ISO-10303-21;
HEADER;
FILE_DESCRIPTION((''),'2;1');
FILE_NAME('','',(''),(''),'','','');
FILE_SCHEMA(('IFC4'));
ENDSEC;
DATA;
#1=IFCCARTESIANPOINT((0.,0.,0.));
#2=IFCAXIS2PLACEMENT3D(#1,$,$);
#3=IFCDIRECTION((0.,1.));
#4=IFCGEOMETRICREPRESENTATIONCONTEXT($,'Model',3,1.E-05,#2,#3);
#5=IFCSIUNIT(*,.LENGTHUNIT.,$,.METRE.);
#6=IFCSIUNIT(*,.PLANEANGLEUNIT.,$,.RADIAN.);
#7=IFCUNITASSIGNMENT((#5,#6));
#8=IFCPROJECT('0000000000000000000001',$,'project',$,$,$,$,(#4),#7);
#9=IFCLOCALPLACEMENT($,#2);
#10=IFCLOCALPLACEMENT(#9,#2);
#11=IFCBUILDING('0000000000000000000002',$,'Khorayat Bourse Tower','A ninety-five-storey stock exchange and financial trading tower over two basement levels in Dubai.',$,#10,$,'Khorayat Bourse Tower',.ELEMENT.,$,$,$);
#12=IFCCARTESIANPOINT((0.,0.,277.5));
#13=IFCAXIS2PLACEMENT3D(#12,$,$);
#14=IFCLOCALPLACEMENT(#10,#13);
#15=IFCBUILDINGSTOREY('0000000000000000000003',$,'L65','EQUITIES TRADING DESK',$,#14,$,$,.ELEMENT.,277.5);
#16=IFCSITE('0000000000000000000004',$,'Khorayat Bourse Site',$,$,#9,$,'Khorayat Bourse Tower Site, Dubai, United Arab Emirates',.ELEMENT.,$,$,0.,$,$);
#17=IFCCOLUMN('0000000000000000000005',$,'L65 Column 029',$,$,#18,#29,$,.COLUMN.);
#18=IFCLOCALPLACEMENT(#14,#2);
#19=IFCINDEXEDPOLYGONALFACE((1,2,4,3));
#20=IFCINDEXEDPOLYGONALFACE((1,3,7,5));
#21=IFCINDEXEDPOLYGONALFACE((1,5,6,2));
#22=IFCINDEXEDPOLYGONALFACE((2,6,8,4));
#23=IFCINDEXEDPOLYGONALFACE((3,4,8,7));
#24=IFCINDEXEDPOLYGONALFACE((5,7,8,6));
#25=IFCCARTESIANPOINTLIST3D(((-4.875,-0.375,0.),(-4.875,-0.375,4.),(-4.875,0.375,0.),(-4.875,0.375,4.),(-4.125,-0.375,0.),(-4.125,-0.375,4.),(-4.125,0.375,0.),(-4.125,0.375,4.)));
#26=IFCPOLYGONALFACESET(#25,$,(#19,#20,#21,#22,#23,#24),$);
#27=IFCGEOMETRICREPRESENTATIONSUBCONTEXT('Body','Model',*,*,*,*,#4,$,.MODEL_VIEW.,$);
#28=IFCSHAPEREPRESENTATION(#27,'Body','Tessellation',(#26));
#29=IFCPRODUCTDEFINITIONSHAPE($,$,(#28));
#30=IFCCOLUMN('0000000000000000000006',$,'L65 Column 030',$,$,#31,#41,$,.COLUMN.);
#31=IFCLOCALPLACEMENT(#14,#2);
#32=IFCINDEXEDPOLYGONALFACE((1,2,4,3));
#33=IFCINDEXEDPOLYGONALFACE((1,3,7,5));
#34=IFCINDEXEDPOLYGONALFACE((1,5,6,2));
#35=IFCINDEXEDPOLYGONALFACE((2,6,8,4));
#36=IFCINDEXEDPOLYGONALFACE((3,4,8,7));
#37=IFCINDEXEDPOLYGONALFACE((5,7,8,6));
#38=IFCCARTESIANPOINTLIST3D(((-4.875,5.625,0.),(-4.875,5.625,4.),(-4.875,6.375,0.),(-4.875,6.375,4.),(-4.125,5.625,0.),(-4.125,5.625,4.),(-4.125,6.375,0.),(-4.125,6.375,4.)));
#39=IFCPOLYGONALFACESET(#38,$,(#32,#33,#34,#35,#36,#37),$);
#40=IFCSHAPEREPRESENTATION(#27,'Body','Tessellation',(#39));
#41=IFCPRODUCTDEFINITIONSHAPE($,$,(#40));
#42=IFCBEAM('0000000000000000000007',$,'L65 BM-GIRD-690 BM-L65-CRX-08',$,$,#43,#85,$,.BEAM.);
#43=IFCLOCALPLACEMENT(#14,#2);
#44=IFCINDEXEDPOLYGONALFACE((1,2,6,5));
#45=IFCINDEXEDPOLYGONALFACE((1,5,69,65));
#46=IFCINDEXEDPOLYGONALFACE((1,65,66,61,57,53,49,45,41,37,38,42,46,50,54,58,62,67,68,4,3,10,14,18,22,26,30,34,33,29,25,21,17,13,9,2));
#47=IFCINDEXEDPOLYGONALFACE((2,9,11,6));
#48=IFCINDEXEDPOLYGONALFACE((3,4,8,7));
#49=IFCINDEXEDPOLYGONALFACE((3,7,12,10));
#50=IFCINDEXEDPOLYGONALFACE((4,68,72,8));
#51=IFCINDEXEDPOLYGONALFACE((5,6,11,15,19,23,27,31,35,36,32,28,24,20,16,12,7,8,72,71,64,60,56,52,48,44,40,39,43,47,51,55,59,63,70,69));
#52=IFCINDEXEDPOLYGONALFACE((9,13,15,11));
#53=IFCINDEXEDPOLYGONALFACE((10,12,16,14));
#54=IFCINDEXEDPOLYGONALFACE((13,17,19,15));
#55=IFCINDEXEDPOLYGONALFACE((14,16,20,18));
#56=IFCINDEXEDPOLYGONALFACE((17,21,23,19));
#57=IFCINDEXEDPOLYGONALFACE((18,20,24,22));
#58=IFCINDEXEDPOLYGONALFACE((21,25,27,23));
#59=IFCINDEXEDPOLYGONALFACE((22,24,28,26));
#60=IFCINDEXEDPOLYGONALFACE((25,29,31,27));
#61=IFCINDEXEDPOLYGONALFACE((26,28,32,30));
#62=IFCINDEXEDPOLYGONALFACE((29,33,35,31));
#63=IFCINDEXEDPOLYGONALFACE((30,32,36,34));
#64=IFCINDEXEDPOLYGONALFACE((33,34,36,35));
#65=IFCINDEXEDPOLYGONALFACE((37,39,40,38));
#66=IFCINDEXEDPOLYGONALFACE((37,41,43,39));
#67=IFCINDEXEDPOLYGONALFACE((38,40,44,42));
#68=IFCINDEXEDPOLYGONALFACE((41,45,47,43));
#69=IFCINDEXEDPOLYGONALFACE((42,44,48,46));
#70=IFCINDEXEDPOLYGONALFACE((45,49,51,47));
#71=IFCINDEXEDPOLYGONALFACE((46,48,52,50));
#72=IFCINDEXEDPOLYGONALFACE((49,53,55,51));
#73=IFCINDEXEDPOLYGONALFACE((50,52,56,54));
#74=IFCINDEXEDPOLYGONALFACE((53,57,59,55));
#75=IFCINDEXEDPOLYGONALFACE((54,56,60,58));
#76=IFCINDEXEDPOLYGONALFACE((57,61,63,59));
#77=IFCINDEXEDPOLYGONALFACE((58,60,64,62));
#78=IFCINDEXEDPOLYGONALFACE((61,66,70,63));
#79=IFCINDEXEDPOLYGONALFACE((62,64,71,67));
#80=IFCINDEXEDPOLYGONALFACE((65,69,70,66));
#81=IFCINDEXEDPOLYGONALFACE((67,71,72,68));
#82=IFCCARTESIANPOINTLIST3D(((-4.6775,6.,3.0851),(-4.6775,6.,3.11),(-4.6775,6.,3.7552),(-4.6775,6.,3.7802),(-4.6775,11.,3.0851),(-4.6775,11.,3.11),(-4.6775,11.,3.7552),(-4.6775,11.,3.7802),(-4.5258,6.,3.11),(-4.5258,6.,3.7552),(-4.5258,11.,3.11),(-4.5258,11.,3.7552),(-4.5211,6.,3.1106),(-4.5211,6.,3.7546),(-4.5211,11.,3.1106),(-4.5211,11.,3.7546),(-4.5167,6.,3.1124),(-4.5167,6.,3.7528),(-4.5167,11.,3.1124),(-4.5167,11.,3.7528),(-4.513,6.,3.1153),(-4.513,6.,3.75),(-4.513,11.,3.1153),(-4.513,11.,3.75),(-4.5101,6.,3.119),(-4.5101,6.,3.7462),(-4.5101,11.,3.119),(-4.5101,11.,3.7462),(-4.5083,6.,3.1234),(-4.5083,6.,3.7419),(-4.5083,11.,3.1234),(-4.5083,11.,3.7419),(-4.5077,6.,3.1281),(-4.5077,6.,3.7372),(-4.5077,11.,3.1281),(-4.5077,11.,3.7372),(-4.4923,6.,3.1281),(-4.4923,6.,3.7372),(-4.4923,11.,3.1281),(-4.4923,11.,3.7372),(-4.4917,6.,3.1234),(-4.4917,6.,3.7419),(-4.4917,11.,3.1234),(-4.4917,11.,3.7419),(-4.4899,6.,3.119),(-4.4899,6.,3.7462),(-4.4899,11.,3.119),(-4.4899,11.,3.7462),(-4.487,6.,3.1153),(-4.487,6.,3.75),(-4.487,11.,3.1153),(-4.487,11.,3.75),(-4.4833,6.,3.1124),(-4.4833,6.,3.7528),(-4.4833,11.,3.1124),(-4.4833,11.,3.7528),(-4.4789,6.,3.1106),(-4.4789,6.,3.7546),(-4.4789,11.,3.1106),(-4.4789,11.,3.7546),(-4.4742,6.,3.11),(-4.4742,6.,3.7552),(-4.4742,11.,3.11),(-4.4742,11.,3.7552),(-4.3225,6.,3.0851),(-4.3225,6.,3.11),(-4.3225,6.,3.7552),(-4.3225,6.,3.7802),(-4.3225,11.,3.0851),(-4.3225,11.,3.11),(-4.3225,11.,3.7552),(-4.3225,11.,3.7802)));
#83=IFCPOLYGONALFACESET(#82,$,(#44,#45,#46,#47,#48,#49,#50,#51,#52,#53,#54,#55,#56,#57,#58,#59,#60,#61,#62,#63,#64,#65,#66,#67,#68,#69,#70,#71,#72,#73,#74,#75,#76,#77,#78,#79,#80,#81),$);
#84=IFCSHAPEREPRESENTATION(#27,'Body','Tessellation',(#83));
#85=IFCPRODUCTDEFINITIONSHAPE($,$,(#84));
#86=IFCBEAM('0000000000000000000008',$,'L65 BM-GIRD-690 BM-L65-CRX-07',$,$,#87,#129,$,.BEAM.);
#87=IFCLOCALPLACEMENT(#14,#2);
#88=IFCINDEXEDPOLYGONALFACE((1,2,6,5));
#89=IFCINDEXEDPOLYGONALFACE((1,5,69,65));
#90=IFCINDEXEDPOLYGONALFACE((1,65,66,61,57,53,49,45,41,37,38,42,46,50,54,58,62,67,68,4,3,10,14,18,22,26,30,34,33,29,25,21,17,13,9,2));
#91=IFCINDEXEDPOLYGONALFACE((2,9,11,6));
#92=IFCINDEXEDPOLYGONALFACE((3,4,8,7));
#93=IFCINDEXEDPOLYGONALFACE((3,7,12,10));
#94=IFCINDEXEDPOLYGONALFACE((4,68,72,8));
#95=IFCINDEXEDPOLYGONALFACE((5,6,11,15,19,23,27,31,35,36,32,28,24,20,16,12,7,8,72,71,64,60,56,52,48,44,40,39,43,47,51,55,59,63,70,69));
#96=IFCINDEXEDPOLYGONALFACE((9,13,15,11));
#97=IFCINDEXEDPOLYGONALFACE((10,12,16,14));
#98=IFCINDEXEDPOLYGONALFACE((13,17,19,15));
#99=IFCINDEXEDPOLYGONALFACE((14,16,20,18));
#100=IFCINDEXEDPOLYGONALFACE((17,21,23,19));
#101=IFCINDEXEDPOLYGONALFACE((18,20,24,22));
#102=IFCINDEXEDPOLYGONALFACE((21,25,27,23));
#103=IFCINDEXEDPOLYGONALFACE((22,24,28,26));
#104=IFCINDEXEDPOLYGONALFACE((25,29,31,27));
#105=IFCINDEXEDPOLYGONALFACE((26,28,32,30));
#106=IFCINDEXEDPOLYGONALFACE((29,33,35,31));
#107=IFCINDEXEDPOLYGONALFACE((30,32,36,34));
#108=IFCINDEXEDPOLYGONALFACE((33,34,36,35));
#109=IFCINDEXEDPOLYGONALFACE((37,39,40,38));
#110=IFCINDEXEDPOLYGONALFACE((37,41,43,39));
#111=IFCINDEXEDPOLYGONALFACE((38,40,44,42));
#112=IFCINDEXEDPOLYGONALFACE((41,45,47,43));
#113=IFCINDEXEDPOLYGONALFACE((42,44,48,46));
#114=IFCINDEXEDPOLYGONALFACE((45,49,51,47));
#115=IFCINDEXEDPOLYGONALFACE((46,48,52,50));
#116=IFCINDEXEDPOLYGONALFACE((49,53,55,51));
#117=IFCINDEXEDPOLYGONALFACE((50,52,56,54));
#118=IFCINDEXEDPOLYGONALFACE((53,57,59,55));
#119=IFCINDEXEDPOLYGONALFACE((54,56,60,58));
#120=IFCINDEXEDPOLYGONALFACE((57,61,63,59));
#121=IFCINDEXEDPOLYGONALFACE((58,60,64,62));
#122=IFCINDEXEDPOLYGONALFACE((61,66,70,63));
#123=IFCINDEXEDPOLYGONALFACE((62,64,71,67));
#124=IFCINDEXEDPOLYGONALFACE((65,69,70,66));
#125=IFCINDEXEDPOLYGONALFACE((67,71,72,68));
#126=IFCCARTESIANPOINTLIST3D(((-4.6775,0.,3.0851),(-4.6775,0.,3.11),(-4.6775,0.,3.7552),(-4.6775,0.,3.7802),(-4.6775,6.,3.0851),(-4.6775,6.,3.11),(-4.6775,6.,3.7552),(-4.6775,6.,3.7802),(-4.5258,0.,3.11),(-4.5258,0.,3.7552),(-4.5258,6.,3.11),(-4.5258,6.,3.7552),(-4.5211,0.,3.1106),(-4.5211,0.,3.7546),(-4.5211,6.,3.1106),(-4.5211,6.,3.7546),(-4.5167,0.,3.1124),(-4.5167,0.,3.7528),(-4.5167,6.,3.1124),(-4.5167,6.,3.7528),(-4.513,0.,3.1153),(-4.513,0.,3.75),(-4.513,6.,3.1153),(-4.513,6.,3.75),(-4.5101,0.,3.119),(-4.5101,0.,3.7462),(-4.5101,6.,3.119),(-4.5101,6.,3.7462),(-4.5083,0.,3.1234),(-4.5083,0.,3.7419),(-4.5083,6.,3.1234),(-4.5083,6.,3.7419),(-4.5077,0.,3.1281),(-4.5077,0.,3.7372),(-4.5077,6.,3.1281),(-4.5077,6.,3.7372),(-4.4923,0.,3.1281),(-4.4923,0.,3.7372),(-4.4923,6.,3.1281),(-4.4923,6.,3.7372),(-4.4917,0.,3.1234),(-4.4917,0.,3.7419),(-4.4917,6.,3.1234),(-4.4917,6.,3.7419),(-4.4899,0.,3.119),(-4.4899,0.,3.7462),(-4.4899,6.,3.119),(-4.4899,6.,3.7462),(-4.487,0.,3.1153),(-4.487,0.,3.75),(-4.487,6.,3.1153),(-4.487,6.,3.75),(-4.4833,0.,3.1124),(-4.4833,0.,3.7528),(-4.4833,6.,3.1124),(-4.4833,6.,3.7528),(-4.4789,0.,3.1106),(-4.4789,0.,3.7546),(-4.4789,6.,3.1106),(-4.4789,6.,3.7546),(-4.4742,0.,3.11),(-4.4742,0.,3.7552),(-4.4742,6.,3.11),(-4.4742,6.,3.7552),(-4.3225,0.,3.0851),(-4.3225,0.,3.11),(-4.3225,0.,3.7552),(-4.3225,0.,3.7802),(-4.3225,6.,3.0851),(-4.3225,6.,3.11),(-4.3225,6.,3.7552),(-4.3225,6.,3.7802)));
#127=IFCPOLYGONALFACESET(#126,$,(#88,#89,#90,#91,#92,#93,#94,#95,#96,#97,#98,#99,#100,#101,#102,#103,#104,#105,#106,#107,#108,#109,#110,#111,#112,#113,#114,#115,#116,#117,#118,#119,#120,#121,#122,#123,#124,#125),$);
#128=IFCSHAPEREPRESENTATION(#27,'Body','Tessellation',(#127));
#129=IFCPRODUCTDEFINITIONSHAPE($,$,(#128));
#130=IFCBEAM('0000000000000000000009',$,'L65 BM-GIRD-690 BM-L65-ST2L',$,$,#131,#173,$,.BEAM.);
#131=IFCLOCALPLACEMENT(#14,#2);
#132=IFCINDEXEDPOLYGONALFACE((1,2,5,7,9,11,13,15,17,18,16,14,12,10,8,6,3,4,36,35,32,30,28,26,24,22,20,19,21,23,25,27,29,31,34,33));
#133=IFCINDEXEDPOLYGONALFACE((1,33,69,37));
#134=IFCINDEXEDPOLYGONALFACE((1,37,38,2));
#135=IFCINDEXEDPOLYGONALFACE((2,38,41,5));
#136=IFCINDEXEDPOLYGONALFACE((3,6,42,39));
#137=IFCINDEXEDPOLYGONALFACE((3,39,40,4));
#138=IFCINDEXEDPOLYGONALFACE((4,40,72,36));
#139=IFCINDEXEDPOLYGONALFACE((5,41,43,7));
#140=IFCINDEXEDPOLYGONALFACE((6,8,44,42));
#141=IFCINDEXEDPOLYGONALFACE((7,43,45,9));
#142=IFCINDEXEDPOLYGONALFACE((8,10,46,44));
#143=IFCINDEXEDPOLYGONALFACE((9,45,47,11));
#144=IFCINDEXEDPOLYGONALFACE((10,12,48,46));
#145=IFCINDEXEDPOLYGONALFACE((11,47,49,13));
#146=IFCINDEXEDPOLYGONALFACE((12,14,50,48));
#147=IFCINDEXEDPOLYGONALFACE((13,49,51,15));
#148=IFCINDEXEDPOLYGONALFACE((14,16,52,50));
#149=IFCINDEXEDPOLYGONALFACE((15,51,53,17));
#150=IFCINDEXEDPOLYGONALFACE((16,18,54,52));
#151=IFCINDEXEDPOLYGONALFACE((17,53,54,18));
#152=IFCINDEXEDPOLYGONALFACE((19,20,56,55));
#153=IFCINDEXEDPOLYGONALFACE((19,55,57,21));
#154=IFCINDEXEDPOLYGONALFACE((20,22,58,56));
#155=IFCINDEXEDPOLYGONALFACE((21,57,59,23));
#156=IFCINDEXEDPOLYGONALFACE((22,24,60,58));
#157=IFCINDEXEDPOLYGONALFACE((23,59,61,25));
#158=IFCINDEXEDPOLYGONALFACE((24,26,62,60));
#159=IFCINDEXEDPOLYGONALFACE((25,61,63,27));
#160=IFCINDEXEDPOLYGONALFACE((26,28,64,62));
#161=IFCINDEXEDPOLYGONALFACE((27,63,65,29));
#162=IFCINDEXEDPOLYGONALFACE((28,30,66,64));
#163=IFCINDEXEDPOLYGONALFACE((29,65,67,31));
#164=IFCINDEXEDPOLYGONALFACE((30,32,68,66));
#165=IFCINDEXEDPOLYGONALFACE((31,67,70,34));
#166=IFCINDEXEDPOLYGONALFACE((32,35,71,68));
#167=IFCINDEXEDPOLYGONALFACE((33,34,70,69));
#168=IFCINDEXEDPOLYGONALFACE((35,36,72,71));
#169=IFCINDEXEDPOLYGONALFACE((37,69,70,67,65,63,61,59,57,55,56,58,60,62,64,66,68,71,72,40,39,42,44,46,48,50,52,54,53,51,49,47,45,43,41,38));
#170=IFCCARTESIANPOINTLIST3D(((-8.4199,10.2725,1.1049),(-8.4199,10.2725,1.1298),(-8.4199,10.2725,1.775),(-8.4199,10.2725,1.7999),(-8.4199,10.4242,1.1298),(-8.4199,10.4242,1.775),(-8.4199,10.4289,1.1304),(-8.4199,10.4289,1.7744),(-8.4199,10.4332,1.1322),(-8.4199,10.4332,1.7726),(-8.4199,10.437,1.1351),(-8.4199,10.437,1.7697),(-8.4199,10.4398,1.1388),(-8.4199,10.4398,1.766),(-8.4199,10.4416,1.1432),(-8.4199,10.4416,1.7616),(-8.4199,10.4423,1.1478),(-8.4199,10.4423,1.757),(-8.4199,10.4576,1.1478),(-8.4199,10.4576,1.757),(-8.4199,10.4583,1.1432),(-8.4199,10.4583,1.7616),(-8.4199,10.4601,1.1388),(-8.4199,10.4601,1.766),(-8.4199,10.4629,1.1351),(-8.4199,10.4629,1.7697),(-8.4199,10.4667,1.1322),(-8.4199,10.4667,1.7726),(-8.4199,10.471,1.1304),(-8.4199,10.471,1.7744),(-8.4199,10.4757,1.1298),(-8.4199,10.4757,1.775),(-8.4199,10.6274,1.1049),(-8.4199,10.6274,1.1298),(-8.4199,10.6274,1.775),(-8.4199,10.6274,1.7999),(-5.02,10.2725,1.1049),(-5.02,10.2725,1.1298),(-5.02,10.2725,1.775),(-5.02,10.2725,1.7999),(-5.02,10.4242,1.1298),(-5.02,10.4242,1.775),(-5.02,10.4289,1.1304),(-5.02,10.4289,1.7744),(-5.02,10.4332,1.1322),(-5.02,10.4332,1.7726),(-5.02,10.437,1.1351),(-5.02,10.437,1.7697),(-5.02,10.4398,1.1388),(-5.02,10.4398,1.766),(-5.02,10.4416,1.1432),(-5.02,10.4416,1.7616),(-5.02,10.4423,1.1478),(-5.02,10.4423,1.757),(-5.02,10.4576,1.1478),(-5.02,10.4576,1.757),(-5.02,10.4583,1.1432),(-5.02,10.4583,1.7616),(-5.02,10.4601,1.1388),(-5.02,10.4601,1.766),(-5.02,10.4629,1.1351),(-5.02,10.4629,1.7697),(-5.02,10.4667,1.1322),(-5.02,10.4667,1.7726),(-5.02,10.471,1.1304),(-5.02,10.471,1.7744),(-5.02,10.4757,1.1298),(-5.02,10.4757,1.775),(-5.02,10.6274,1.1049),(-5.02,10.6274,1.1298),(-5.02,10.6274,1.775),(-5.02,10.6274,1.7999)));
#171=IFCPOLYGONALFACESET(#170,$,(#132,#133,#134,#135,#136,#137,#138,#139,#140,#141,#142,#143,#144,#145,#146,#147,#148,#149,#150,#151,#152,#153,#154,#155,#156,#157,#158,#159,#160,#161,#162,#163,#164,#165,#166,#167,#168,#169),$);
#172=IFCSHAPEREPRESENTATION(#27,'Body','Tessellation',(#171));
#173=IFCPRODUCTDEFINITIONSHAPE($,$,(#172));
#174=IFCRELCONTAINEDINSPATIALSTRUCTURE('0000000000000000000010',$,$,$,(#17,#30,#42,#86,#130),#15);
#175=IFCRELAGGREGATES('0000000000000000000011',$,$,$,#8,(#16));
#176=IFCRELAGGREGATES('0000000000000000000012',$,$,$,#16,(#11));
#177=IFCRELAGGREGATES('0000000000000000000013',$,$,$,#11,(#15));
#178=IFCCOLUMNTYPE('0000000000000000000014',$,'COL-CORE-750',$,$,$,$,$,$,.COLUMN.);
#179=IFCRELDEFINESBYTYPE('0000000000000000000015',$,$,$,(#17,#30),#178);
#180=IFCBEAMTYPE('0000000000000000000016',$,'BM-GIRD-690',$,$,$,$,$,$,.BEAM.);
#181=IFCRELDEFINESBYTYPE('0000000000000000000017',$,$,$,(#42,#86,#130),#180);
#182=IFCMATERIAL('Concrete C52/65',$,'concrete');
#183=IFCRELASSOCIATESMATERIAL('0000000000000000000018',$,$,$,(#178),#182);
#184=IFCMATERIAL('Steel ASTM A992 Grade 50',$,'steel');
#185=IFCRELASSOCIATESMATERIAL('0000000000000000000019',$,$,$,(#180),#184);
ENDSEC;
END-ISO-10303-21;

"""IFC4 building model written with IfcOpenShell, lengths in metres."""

from ifc_helpers import new_model, si_unit, direction, frame, origin, origin_2d, place, context, subcontext, project, spatial, rectangle, i_section, extrude, source, transform, mapped, material, material_profile, profile_set, type_object, element, save


model = new_model("IFC4")

# Units and contexts
model_context = context("Model", 3, precision=1e-05, world=origin(), true_north=direction((0.0, 1.0)))
body_context = subcontext(model_context, "Body", "Model", "MODEL_VIEW")
ifc_project = project(units=[si_unit("LENGTHUNIT", "METRE"), si_unit("PLANEANGLEUNIT", "RADIAN")], contexts=[model_context])

# Site, building, storey
site_placement = place(None, origin())
site = spatial("IfcSite", under=ifc_project, at=site_placement, Name="Khorayat Bourse Site", LongName="Khorayat Bourse Tower Site, Dubai, United Arab Emirates", CompositionType="ELEMENT", RefElevation=0.0)
building_placement = place(site_placement, origin())
building = spatial("IfcBuilding", under=site, at=building_placement, Name="Khorayat Bourse Tower", Description="A ninety-five-storey stock exchange and financial trading tower over two basement levels in Dubai.", LongName="Khorayat Bourse Tower", CompositionType="ELEMENT")
storey_placement = place(building_placement, frame((0.0, 0.0, 277.5)))
storey = spatial("IfcBuildingStorey", under=building, at=storey_placement, Name="L65", Description="EQUITIES TRADING DESK", CompositionType="ELEMENT", Elevation=277.5)

# Columns
ifc_material_1 = material(Name="Concrete C52/65", Category="concrete")
ifc_material_profile_1 = material_profile(ifc_material_1, rectangle(XDim=0.75, YDim=0.75, at=origin_2d()), Name="RC 750x750")
ifc_profile_set_1 = profile_set([ifc_material_profile_1], Name="Concrete C52/65")
column_type = type_object("IfcColumnType", Name="COL-CORE-750", PredefinedType="COLUMN", material=ifc_profile_set_1)
shared_shape_1 = source(origin(), body_context, "Body", "SweptSolid", [
    extrude(rectangle(XDim=0.75, YDim=0.75, at=origin_2d()), origin(), (0.0, 0.0, 1.0), 4.0),
])
for number, where, z_axis, x_axis, name in (
    (1, (-4.5, 0.0, 0.0), (0.0, 0.0, 1.0), (1.0, 0.0, 0.0), "L65 Column 029"),
    (2, (-4.5, 6.0, 0.0), (0.0, 0.0, 1.0), (1.0, 0.0, 0.0), "L65 Column 030"),
):
    element("IfcColumn", number, at=place(storey_placement, frame(where, z_axis=z_axis, x_axis=x_axis)), inside=storey, type_object=column_type, Name=name, PredefinedType="COLUMN", context=body_context, shape_type="MappedRepresentation", body=[
        mapped(shared_shape_1, transform((0.0, 0.0, 0.0), scale=1.0)),
    ])

# Beams
ifc_material_2 = material(Name="Steel ASTM A992 Grade 50", Category="steel")
ifc_material_profile_2 = material_profile(ifc_material_2, i_section(OverallWidth=0.355, OverallDepth=0.6951, WebThickness=0.0154, FlangeThickness=0.0249, FilletRadius=0.0181, at=origin_2d()), Name="W690X217")
ifc_profile_set_2 = profile_set([ifc_material_profile_2], Name="Steel ASTM A992 Grade 50")
beam_type = type_object("IfcBeamType", Name="BM-GIRD-690", PredefinedType="BEAM", material=ifc_profile_set_2)
shared_shape_2 = source(origin(), body_context, "Body", "SweptSolid", [
    extrude(i_section(OverallWidth=0.355, OverallDepth=0.6951, WebThickness=0.0154, FlangeThickness=0.0249, FilletRadius=0.0181, at=origin_2d()), origin(), (0.0, 0.0, 1.0), 5.0),
])
beam_1_placement = place(storey_placement, frame((-4.5, 6.0, 3.4326), z_axis=(0.0, 1.0, 0.0), x_axis=(-1.0, 0.0, 0.0)))
element("IfcBeam", 3, at=beam_1_placement, inside=storey, type_object=beam_type, Name="L65 BM-GIRD-690 BM-L65-CRX-08", PredefinedType="BEAM", context=body_context, shape_type="MappedRepresentation", body=[
    mapped(shared_shape_2, transform((0.0, 0.0, 0.0), scale=1.0)),
])
shared_shape_3 = source(origin(), body_context, "Body", "SweptSolid", [
    extrude(i_section(OverallWidth=0.355, OverallDepth=0.6951, WebThickness=0.0154, FlangeThickness=0.0249, FilletRadius=0.0181, at=origin_2d()), origin(), (0.0, 0.0, 1.0), 6.0),
])
beam_2_placement = place(storey_placement, frame((-4.5, 0.0, 3.4326), z_axis=(0.0, 1.0, 0.0), x_axis=(-1.0, 0.0, 0.0)))
element("IfcBeam", 4, at=beam_2_placement, inside=storey, type_object=beam_type, Name="L65 BM-GIRD-690 BM-L65-CRX-07", PredefinedType="BEAM", context=body_context, shape_type="MappedRepresentation", body=[
    mapped(shared_shape_3, transform((0.0, 0.0, 0.0), scale=1.0)),
])
shared_shape_4 = source(origin(), body_context, "Body", "SweptSolid", [
    extrude(i_section(OverallWidth=0.355, OverallDepth=0.6951, WebThickness=0.0154, FlangeThickness=0.0249, FilletRadius=0.0181, at=origin_2d()), origin(), (0.0, 0.0, 1.0), 3.3999),
])
beam_3_placement = place(storey_placement, frame((-8.4199, 10.45, 1.4524), z_axis=(1.0, 0.0, 0.0), x_axis=(0.0, 1.0, 0.0)))
element("IfcBeam", 5, at=beam_3_placement, inside=storey, type_object=beam_type, Name="L65 BM-GIRD-690 BM-L65-ST2L", PredefinedType="BEAM", context=body_context, shape_type="MappedRepresentation", body=[
    mapped(shared_shape_4, transform((0.0, 0.0, 0.0), scale=1.0)),
])

save(model, "model.ifc")
